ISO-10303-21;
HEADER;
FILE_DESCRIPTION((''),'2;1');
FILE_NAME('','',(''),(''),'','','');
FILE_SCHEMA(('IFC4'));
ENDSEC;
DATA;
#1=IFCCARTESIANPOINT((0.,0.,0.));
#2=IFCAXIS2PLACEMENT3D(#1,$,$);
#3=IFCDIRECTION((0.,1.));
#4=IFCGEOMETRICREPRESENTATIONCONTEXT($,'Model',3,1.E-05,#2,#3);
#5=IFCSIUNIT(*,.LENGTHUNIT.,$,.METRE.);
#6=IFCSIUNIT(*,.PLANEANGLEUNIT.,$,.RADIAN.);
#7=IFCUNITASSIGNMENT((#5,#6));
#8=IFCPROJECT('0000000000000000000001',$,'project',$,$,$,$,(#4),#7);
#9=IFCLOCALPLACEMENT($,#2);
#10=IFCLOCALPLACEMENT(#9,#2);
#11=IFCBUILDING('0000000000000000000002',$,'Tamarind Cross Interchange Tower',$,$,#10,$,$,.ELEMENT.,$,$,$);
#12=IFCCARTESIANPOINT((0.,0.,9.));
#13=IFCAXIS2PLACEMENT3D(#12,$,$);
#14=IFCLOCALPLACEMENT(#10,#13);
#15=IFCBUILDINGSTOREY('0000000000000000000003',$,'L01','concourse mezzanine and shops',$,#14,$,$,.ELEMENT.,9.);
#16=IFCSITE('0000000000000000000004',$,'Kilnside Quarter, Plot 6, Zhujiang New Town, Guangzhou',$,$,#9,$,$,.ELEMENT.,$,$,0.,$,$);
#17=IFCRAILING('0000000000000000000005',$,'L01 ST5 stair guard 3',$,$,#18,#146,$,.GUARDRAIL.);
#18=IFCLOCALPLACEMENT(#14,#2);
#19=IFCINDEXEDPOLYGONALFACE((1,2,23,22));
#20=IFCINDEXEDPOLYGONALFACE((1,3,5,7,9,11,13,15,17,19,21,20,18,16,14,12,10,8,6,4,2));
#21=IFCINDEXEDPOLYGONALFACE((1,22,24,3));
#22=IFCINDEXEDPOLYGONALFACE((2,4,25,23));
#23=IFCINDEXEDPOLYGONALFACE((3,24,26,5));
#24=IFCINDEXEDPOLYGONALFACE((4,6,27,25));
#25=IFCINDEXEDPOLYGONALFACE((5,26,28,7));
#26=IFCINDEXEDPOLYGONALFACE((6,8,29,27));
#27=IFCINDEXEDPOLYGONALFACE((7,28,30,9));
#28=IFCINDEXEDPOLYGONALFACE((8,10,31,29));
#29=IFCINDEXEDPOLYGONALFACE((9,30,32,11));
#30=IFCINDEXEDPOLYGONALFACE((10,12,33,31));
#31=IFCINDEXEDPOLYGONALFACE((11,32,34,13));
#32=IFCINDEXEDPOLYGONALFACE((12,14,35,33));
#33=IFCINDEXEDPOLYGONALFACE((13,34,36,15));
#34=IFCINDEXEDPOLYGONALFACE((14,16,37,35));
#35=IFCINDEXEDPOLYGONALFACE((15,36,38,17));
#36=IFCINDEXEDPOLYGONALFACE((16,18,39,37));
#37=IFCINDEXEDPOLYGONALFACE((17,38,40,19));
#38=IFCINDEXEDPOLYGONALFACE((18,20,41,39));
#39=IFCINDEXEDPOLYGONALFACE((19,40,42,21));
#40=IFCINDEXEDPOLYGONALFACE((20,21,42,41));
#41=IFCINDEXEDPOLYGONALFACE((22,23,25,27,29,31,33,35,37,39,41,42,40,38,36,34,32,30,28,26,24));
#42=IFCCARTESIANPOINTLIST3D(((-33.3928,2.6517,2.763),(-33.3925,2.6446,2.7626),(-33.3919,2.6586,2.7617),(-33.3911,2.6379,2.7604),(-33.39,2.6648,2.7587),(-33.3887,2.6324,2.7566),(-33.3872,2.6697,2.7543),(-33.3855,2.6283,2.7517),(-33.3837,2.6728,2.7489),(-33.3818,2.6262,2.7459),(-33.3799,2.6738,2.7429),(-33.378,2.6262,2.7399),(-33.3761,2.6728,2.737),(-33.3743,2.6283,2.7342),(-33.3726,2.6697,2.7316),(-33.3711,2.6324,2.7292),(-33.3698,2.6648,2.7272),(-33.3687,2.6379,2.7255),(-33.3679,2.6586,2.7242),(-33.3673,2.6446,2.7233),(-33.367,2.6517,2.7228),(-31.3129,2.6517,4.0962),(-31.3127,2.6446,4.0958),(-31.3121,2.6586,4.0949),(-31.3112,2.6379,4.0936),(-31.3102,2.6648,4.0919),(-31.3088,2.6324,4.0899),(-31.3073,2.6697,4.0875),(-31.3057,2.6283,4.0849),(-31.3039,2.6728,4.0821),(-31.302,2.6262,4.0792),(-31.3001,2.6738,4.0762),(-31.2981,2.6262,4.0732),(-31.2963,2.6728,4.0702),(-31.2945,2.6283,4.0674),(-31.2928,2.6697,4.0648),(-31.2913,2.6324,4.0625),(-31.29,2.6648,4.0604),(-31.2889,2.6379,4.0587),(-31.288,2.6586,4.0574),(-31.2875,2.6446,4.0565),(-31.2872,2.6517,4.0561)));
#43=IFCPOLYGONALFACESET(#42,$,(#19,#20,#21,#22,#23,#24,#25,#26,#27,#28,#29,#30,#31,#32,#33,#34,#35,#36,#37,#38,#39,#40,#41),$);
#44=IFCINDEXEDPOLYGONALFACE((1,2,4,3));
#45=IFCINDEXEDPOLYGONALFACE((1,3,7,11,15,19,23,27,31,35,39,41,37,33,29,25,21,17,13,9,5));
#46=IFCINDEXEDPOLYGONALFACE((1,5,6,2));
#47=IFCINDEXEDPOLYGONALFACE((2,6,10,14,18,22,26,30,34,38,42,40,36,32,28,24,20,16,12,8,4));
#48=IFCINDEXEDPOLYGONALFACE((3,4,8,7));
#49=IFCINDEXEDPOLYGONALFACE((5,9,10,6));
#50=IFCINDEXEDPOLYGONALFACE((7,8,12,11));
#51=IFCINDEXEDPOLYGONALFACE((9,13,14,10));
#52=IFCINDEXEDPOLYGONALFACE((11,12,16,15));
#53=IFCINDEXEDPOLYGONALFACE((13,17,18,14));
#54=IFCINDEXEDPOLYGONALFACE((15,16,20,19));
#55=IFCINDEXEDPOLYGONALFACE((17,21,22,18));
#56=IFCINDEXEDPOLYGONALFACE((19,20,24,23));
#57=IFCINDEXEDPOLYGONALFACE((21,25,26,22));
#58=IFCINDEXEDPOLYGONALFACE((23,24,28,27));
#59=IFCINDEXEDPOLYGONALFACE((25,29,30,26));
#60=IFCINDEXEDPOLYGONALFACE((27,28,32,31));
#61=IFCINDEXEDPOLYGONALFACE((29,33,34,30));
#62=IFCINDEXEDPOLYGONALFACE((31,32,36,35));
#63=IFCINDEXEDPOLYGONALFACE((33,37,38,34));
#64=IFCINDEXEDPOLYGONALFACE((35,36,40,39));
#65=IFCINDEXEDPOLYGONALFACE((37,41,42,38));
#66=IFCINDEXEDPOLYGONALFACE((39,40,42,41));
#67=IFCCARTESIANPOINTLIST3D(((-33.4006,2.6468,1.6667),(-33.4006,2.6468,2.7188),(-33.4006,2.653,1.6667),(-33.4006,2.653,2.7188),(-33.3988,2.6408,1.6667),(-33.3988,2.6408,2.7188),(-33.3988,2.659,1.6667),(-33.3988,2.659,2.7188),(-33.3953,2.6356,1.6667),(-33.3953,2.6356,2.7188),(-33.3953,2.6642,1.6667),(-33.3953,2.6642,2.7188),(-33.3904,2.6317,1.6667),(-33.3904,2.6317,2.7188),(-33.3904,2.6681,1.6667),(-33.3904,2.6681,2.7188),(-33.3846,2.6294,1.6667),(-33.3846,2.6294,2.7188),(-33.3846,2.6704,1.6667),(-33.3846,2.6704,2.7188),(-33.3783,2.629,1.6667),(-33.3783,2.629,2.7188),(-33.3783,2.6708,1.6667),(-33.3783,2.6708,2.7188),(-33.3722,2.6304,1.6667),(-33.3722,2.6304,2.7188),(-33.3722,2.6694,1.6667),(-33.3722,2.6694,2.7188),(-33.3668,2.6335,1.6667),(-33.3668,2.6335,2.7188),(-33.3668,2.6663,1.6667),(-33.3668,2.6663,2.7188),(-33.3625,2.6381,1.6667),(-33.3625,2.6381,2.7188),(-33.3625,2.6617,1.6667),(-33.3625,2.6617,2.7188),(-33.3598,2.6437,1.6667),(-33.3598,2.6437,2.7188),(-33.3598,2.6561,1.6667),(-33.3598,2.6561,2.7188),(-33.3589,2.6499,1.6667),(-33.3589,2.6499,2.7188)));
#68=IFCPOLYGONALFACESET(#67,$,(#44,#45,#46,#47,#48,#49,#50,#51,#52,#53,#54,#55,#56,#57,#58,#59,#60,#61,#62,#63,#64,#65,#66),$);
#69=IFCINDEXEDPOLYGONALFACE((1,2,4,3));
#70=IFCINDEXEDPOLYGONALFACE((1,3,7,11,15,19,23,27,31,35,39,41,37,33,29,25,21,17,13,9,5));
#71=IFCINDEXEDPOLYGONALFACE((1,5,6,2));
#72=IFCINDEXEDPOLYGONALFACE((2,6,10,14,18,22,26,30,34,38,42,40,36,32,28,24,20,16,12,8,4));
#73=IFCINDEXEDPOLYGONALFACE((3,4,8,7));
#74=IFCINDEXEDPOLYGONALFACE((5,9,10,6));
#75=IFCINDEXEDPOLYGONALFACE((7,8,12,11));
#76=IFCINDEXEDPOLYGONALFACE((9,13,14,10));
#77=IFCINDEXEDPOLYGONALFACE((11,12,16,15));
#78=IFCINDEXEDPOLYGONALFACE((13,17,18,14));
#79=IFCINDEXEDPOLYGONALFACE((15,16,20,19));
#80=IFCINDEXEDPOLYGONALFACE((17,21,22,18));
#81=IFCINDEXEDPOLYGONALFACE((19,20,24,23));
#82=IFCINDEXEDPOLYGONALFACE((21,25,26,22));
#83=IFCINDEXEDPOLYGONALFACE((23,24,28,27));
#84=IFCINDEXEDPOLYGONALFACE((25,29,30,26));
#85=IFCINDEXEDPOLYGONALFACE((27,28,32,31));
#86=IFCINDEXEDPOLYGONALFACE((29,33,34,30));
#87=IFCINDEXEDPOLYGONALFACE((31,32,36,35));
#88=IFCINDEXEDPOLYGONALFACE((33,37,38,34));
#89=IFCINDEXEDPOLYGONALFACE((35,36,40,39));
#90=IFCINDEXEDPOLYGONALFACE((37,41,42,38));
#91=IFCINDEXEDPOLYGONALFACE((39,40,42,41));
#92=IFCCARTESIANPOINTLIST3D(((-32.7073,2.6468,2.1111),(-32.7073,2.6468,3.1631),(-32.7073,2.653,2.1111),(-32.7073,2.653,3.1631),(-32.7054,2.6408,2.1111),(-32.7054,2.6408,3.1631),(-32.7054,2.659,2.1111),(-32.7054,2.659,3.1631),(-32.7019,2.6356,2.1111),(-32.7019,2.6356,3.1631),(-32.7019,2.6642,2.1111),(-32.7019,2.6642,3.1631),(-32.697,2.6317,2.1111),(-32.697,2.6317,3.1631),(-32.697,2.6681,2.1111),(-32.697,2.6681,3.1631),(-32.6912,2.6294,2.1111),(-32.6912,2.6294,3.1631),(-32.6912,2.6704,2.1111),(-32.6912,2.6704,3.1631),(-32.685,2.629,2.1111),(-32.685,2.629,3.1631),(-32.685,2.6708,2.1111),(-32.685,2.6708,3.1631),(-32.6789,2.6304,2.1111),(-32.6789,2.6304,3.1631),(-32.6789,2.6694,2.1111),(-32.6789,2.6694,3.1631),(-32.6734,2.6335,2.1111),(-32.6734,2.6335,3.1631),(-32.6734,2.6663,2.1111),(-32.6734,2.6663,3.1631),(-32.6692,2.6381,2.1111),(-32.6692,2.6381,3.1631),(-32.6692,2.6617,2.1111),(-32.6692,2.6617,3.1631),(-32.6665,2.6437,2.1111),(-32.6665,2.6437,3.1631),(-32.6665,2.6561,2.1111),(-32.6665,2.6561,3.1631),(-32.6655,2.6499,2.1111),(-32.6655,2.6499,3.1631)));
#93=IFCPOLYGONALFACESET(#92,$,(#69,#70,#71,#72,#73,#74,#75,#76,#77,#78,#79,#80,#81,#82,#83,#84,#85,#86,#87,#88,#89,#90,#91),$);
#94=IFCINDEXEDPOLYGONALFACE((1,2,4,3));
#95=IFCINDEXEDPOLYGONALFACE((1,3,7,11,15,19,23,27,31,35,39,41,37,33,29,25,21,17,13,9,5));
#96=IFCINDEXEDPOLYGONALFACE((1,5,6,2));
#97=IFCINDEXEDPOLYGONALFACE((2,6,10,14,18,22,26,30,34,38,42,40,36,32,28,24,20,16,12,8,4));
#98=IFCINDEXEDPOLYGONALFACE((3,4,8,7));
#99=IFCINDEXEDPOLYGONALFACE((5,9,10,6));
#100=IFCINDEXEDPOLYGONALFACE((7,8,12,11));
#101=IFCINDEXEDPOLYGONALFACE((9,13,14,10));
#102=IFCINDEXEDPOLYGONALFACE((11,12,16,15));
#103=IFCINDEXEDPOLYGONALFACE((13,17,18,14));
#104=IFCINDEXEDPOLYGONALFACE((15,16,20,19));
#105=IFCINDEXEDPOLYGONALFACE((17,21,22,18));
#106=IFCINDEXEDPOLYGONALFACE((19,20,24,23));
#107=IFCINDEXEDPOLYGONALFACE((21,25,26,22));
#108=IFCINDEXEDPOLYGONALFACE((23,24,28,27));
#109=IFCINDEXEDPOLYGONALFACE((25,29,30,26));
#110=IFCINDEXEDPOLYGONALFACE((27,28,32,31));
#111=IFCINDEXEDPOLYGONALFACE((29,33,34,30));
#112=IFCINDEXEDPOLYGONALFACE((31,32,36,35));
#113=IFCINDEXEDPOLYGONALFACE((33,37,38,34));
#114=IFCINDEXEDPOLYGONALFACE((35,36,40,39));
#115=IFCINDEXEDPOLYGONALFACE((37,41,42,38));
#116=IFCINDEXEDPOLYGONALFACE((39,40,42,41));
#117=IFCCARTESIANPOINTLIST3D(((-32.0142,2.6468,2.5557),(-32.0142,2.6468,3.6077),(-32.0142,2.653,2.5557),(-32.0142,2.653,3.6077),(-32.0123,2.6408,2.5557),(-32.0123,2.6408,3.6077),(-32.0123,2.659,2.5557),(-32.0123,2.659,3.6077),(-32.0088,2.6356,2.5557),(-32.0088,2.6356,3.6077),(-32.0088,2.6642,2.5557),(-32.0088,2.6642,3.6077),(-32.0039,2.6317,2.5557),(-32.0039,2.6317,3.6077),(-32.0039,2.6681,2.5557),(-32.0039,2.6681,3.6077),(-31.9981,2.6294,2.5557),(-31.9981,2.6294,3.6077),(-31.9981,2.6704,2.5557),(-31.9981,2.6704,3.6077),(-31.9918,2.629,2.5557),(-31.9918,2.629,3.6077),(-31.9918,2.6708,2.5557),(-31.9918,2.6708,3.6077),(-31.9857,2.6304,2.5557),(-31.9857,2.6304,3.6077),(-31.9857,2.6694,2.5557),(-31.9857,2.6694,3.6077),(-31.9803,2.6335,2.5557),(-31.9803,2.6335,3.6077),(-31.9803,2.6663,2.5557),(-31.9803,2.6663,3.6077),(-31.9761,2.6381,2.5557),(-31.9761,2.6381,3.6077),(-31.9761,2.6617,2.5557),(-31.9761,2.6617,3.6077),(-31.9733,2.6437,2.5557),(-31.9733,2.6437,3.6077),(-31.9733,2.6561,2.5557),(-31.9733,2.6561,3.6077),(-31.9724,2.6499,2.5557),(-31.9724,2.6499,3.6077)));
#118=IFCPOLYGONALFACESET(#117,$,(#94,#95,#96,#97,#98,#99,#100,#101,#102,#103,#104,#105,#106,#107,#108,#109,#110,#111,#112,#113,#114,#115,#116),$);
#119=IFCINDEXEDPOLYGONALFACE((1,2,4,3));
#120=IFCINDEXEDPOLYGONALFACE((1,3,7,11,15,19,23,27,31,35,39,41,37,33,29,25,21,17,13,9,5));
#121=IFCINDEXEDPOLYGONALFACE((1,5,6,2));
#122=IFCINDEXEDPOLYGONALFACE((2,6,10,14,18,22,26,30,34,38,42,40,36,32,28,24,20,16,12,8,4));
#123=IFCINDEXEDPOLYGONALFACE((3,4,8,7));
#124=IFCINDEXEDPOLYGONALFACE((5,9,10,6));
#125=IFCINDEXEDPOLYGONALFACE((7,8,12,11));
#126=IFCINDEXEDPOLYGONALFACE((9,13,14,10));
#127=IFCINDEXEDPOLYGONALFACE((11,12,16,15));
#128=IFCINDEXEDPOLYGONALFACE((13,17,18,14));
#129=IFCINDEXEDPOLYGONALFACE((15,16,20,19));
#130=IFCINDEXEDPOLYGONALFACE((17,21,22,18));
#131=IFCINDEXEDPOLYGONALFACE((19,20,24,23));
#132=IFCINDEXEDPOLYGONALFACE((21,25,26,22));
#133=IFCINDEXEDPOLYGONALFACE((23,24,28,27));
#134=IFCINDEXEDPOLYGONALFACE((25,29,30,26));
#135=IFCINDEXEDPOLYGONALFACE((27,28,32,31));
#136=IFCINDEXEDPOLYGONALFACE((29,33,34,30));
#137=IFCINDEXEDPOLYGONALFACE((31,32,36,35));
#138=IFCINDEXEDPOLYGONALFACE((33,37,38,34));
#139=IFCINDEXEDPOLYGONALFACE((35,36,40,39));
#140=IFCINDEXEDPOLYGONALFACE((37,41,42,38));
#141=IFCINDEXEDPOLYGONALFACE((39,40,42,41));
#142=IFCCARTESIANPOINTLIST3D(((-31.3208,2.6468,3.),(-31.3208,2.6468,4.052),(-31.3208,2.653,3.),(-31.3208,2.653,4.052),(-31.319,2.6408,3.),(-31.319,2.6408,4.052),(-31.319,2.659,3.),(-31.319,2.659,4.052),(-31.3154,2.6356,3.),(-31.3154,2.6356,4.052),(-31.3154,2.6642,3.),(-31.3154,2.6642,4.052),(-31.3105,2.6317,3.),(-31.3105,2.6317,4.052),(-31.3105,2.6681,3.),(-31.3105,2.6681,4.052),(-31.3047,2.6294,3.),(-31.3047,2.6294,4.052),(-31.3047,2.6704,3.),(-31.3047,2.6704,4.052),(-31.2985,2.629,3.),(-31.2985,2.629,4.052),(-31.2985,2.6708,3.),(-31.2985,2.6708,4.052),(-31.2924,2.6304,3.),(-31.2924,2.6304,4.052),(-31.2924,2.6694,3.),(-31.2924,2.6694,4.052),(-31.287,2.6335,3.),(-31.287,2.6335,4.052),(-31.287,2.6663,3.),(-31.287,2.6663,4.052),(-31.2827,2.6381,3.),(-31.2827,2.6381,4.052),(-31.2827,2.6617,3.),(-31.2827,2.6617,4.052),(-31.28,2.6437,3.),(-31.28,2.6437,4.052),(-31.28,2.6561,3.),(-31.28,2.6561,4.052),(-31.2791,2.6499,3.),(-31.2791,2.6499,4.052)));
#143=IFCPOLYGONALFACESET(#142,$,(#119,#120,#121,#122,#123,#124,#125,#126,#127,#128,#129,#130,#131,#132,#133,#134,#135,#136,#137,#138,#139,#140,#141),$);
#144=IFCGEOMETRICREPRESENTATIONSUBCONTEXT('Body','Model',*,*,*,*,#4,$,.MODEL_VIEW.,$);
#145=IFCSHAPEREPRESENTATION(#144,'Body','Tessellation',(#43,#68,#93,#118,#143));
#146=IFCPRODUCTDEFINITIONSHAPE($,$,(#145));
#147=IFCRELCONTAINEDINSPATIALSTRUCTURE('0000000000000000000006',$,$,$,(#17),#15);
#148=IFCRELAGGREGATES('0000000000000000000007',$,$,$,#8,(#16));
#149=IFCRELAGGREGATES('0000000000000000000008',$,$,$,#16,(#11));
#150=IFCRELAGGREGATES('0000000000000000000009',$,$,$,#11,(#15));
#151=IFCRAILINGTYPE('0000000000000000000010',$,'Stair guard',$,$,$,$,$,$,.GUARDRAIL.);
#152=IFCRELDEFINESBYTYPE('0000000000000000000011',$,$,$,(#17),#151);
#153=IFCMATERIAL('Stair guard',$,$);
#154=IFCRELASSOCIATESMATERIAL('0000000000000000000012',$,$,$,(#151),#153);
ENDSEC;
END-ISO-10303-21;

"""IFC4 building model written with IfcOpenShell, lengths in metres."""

from ifc_helpers import new_model, si_unit, direction, frame, origin, origin_2d, place, context, subcontext, project, spatial, circle, extrude, material, type_object, element, save


model = new_model("IFC4")

# Units and contexts
model_context = context("Model", 3, precision=1e-05, world=origin(), true_north=direction((0.0, 1.0)))
body_context = subcontext(model_context, "Body", "Model", "MODEL_VIEW")
ifc_project = project(units=[si_unit("LENGTHUNIT", "METRE"), si_unit("PLANEANGLEUNIT", "RADIAN")], contexts=[model_context])

# Site, building, storey
site_placement = place(None, origin())
site = spatial("IfcSite", under=ifc_project, at=site_placement, Name="Kilnside Quarter, Plot 6, Zhujiang New Town, Guangzhou", CompositionType="ELEMENT", RefElevation=0.0)
building_placement = place(site_placement, origin())
building = spatial("IfcBuilding", under=site, at=building_placement, Name="Tamarind Cross Interchange Tower", CompositionType="ELEMENT")
storey_placement = place(building_placement, frame((0.0, 0.0, 9.0)))
storey = spatial("IfcBuildingStorey", under=building, at=storey_placement, Name="L01", Description="concourse mezzanine and shops", CompositionType="ELEMENT", Elevation=9.0)

# Railing
ifc_material_1 = material(Name="Stair guard")
railing_type_1 = type_object("IfcRailingType", Name="Stair guard", PredefinedType="GUARDRAIL", material=ifc_material_1)
railing_1_placement = place(storey_placement, frame((-33.3799, 2.6499, 1.6667)))
element("IfcRailing", 1, at=railing_1_placement, inside=storey, type_object=railing_type_1, Name="L01 ST5 stair guard 3", PredefinedType="GUARDRAIL", context=body_context, shape_type="SweptSolid", body=[
    extrude(circle(Radius=0.0239, at=origin_2d()), frame((0.0, 0.0, 1.0762), z_axis=(0.841875, 0.0, 0.539673), x_axis=(0.0, 1.0, 0.0)), (0.0, 0.0, 1.0), 2.4705),
    extrude(circle(Radius=0.021, at=origin_2d()), origin(), (0.0, 0.0, 1.0), 1.052),
    extrude(circle(Radius=0.021, at=origin_2d()), frame((0.6934, 0.0, 0.4443)), (0.0, 0.0, 1.0), 1.052),
    extrude(circle(Radius=0.021, at=origin_2d()), frame((1.3865, 0.0, 0.8889)), (0.0, 0.0, 1.0), 1.052),
    extrude(circle(Radius=0.021, at=origin_2d()), frame((2.0798, 0.0, 1.3333)), (0.0, 0.0, 1.0), 1.052),
])

save(model, "model.ifc")
